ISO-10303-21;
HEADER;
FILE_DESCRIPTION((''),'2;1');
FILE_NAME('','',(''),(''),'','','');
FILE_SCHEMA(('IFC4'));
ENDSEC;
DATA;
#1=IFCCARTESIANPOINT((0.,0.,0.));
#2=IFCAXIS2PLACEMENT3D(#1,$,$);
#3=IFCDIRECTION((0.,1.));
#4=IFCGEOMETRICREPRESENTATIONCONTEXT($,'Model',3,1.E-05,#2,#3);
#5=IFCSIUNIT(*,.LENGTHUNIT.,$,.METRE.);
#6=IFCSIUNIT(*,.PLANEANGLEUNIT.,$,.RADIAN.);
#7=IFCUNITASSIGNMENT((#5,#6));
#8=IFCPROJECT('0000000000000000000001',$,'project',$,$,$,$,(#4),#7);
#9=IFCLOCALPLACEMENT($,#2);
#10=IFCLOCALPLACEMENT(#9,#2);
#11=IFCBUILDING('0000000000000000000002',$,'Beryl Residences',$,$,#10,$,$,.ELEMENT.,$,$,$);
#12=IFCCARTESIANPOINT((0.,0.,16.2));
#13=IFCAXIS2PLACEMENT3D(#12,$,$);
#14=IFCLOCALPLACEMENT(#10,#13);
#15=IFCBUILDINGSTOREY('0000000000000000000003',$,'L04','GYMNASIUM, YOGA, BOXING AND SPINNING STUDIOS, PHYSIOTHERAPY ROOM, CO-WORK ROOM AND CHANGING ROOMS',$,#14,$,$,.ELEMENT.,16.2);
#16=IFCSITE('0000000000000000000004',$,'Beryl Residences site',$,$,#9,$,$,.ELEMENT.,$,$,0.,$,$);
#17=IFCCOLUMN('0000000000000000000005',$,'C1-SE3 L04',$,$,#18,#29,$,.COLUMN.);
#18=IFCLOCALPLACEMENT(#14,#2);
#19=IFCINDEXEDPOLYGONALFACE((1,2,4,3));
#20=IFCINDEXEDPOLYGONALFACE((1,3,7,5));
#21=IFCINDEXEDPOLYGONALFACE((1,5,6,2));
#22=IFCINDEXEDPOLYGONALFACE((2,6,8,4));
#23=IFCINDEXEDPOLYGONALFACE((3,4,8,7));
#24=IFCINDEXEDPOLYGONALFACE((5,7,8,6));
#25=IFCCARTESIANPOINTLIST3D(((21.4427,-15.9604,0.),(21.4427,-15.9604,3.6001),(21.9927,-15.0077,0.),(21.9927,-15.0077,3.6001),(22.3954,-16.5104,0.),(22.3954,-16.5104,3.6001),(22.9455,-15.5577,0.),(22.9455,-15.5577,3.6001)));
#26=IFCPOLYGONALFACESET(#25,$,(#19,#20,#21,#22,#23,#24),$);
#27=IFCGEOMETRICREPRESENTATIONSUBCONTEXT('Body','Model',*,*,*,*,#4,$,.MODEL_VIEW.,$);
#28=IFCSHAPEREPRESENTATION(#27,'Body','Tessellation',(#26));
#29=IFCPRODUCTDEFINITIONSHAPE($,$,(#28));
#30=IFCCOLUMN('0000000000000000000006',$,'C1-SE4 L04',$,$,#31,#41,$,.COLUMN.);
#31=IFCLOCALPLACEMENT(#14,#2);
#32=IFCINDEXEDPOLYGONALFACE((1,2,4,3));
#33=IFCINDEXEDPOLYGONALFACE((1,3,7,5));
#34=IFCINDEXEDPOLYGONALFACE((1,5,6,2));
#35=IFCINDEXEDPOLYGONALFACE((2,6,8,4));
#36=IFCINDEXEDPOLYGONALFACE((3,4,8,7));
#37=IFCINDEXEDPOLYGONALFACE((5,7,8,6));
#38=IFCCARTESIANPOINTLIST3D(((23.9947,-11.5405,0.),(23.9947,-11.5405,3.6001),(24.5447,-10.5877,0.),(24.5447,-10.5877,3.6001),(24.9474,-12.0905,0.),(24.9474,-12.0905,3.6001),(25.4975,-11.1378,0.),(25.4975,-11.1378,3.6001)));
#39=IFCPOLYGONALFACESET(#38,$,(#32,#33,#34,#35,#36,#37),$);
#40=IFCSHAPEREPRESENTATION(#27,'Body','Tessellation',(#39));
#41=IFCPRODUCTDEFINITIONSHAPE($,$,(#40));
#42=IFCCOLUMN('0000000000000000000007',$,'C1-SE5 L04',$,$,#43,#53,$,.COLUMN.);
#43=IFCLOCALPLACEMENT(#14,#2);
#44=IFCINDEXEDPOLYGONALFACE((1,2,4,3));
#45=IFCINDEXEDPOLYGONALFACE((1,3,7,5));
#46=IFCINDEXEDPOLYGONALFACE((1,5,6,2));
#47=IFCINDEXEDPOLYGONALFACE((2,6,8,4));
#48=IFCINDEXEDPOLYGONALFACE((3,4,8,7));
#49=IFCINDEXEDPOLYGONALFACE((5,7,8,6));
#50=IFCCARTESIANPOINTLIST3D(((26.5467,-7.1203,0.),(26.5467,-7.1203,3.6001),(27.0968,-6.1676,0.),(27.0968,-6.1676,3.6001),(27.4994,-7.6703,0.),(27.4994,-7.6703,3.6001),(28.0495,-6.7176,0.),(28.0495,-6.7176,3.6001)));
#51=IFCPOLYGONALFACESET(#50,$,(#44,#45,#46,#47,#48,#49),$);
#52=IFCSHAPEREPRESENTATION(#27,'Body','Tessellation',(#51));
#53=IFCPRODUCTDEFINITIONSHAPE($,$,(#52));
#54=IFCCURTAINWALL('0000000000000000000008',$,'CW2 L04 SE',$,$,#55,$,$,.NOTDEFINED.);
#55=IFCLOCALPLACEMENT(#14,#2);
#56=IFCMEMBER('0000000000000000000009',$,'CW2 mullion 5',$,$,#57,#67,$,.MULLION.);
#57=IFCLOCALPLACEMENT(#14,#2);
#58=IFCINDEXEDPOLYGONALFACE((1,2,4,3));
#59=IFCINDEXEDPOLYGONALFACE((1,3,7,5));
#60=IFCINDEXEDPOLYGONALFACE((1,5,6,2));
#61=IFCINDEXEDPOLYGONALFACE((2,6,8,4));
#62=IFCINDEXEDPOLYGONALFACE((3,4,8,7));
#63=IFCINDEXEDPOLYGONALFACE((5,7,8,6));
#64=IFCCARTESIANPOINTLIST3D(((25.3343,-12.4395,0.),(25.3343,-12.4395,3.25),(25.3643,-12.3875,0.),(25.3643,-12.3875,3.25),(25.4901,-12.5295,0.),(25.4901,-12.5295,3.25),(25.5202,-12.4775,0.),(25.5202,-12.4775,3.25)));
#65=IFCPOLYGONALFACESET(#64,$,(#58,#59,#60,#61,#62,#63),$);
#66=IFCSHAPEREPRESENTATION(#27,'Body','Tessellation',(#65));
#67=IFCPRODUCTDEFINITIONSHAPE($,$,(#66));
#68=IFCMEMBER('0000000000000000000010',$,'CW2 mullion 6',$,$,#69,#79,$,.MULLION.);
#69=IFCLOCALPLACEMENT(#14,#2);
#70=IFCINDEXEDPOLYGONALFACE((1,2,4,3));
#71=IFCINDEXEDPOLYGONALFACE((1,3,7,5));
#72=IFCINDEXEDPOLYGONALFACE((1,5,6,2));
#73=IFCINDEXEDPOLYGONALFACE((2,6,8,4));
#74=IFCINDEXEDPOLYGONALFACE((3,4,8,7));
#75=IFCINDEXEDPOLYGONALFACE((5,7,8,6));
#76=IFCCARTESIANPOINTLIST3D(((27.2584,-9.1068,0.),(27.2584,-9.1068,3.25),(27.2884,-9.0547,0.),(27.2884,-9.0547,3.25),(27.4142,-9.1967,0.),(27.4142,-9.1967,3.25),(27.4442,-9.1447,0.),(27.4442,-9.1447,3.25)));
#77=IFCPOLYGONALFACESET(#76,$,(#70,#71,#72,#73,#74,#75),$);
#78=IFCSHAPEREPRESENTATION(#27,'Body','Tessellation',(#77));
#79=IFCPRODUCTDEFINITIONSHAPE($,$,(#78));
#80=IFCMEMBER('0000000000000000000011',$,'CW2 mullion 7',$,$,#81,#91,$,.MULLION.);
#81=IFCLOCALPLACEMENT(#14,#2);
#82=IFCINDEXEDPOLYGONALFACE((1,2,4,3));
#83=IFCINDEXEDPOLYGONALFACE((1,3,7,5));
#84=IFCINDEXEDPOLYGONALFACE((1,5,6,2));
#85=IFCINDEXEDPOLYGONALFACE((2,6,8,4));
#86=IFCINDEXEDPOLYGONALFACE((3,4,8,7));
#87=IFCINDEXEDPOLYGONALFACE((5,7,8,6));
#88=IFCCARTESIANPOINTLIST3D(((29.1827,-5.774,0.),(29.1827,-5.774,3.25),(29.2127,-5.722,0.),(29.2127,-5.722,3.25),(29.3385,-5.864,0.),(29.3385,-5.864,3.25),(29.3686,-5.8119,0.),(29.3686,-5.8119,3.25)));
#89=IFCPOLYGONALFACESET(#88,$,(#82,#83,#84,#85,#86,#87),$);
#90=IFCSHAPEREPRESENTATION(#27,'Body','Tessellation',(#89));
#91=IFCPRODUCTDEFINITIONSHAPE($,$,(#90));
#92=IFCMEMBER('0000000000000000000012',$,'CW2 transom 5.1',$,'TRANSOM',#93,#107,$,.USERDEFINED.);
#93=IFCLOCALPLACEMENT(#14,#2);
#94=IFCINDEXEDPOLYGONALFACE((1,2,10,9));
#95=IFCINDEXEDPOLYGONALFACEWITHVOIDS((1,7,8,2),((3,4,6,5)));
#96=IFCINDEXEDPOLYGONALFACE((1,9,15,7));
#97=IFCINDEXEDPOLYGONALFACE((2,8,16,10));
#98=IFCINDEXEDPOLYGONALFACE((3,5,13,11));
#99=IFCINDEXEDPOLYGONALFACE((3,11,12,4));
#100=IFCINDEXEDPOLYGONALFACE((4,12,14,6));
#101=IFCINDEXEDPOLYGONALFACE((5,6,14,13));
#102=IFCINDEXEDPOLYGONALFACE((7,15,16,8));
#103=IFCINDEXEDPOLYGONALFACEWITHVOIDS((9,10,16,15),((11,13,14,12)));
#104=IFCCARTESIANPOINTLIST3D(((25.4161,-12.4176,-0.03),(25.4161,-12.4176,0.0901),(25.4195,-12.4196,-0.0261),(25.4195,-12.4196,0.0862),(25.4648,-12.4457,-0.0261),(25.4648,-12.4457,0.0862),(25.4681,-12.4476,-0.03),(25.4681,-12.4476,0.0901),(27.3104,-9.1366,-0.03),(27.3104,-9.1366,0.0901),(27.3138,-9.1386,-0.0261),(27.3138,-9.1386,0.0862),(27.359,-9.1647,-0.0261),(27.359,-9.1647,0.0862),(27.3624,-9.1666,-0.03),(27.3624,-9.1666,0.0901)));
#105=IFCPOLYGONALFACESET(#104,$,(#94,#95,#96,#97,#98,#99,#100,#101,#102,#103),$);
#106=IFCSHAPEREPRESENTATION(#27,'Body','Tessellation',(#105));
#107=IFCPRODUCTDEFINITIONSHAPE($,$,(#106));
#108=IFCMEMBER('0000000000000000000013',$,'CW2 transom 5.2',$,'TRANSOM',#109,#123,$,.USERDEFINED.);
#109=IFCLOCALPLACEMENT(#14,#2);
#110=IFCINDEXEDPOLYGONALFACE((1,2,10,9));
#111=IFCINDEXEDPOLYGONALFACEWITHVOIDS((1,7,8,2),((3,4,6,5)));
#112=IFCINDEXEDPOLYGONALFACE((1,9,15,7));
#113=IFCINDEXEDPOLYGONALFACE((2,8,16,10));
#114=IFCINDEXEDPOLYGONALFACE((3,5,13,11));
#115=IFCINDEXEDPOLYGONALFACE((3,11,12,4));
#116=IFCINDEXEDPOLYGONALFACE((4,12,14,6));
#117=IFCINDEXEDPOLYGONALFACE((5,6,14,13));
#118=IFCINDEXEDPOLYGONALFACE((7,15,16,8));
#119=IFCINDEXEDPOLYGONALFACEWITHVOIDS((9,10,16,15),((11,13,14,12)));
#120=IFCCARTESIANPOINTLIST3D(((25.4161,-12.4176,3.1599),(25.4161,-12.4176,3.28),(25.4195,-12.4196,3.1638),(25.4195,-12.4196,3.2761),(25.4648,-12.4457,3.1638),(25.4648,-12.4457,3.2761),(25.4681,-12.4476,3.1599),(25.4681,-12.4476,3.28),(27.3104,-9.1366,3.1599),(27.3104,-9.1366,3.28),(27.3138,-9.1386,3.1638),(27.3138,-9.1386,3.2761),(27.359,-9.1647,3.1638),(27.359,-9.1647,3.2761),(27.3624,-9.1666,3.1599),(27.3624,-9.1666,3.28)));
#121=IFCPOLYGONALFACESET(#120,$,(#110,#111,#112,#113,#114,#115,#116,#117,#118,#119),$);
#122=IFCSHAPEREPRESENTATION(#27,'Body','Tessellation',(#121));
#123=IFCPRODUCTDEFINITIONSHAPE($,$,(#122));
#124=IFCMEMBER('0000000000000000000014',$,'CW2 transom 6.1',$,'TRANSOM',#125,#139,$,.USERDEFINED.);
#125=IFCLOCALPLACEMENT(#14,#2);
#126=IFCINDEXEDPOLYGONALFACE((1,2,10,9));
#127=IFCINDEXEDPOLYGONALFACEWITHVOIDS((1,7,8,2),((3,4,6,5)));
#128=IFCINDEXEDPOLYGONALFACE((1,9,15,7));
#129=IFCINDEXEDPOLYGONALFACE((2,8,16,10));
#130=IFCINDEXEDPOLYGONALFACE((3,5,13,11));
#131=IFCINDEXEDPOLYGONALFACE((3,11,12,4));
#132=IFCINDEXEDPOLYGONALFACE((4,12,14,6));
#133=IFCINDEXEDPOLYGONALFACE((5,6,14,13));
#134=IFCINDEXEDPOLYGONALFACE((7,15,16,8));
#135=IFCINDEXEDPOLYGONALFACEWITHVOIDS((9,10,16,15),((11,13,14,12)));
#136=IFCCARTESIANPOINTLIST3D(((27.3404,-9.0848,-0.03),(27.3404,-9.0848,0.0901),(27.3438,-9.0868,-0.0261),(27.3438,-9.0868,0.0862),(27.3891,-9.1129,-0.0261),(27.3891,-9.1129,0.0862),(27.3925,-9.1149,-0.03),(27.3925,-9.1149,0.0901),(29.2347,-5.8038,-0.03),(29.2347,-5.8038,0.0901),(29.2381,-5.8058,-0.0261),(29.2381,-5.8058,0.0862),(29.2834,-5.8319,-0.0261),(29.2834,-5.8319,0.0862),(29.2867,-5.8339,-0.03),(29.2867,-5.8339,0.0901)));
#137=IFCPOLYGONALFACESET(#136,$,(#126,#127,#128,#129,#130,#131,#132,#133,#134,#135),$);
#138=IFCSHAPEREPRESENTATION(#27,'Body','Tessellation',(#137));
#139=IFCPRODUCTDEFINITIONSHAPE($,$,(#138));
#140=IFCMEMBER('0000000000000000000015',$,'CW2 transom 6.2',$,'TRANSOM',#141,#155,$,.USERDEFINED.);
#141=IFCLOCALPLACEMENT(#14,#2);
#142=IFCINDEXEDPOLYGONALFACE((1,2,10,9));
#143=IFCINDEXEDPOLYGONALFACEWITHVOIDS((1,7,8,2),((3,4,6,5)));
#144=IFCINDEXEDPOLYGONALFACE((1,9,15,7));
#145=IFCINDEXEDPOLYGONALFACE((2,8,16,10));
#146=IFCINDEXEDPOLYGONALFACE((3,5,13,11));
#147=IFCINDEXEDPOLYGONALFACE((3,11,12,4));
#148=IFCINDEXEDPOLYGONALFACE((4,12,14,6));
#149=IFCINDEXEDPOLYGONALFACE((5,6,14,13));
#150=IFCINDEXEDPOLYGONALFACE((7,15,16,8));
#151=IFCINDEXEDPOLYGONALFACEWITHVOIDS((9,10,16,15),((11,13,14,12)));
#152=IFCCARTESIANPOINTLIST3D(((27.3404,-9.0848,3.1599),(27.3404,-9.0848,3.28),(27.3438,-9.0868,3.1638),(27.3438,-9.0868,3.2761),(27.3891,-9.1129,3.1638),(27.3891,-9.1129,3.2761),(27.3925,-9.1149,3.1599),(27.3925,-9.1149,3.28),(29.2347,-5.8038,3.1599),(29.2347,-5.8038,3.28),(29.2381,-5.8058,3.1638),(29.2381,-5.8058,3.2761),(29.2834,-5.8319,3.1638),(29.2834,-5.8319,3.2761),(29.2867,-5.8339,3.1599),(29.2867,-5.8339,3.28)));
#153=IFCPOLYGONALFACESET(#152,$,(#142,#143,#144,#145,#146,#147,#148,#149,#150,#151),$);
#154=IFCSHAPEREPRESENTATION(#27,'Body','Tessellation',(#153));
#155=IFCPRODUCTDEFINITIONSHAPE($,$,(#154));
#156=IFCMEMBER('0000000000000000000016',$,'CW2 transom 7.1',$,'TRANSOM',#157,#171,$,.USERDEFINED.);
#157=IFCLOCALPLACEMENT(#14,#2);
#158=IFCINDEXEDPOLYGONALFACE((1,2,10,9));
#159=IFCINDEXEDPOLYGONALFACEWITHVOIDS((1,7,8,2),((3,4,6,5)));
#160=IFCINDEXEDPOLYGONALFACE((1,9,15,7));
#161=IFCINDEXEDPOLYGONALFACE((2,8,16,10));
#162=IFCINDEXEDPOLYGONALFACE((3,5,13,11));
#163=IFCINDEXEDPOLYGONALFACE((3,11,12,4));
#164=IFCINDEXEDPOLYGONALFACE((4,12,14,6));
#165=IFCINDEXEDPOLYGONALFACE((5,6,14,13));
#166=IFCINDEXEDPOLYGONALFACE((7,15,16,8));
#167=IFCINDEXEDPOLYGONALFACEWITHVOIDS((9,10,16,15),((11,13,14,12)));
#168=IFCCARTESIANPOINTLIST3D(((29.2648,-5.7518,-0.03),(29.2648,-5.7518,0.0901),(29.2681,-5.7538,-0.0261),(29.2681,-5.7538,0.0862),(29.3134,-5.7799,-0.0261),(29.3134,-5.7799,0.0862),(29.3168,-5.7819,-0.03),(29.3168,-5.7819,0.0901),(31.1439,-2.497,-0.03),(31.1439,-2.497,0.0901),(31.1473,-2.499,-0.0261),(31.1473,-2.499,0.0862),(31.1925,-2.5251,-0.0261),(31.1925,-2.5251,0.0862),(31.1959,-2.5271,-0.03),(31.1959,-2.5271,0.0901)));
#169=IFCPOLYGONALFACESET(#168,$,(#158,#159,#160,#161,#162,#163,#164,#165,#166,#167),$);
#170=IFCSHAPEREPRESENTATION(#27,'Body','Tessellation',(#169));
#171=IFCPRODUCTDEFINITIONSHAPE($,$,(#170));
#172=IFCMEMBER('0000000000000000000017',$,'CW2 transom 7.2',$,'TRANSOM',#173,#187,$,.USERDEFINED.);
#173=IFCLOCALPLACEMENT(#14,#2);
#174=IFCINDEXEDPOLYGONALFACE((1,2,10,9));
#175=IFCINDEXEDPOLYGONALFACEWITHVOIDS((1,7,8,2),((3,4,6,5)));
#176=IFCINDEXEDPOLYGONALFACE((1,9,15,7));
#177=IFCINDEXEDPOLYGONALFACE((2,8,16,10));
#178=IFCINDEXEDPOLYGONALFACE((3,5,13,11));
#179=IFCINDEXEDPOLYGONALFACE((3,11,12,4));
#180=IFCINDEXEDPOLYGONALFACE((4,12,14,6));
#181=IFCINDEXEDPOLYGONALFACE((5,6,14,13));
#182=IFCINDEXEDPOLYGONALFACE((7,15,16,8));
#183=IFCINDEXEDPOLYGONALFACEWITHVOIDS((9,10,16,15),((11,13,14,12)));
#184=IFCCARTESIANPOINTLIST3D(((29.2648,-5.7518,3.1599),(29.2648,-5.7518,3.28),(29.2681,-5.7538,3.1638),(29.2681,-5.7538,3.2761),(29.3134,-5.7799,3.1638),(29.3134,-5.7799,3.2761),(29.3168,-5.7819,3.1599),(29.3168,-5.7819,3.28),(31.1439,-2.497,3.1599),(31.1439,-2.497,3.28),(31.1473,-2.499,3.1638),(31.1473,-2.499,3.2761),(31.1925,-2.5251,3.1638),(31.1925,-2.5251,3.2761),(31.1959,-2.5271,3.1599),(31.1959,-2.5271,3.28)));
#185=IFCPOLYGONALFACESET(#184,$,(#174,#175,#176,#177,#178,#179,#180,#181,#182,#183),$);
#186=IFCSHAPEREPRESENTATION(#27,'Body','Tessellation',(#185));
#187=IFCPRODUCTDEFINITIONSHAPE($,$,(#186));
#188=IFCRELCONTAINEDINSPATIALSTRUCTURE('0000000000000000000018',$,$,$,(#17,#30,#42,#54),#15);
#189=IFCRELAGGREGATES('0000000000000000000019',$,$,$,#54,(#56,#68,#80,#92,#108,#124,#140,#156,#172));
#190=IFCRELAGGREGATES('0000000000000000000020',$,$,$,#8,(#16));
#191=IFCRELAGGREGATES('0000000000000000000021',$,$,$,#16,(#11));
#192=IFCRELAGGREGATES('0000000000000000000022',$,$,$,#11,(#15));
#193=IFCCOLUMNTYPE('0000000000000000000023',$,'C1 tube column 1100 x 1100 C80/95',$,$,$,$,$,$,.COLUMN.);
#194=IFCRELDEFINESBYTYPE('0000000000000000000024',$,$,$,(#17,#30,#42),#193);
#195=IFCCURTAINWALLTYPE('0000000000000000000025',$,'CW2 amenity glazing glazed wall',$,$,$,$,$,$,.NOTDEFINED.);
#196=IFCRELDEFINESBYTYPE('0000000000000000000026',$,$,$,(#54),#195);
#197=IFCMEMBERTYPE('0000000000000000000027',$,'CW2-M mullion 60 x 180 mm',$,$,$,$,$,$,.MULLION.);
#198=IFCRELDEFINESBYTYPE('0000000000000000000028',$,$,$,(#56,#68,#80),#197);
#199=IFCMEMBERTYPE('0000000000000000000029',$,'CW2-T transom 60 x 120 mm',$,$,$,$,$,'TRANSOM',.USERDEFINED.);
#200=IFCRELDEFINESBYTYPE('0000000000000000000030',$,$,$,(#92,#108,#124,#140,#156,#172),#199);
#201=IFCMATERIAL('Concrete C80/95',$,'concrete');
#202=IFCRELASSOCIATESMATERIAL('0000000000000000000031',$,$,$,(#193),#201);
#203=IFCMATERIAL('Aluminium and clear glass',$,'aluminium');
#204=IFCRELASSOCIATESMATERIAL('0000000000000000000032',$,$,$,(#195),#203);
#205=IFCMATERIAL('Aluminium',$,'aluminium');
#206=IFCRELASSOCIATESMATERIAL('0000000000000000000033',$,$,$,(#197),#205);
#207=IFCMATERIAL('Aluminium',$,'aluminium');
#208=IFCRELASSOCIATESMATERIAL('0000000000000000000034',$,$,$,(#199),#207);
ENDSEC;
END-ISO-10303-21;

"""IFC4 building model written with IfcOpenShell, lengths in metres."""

from ifc_helpers import new_model, si_unit, direction, frame, origin, origin_2d, place, context, subcontext, project, spatial, rectangle, hollow_rectangle, extrude, material, material_profile, profile_set, type_object, element, aggregate, save


model = new_model("IFC4")

# Units and contexts
model_context = context("Model", 3, precision=1e-05, world=origin(), true_north=direction((0.0, 1.0)))
body_context = subcontext(model_context, "Body", "Model", "MODEL_VIEW")
ifc_project = project(units=[si_unit("LENGTHUNIT", "METRE"), si_unit("PLANEANGLEUNIT", "RADIAN")], contexts=[model_context])

# Site, building, storey
site_placement = place(None, origin())
site = spatial("IfcSite", under=ifc_project, at=site_placement, Name="Beryl Residences site", CompositionType="ELEMENT", RefElevation=0.0)
building_placement = place(site_placement, origin())
building = spatial("IfcBuilding", under=site, at=building_placement, Name="Beryl Residences", CompositionType="ELEMENT")
storey_placement = place(building_placement, frame((0.0, 0.0, 16.2)))
storey = spatial("IfcBuildingStorey", under=building, at=storey_placement, Name="L04", Description="GYMNASIUM, YOGA, BOXING AND SPINNING STUDIOS, PHYSIOTHERAPY ROOM, CO-WORK ROOM AND CHANGING ROOMS", CompositionType="ELEMENT", Elevation=16.2)

# Columns
ifc_material_1 = material(Name="Concrete C80/95", Category="concrete")
ifc_material_profile_1 = material_profile(ifc_material_1, rectangle(XDim=1.1001, YDim=1.1001, at=origin_2d()))
ifc_profile_set_1 = profile_set([ifc_material_profile_1], Name="Concrete C80/95")
column_type = type_object("IfcColumnType", Name="C1 tube column 1100 x 1100 C80/95", PredefinedType="COLUMN", material=ifc_profile_set_1)
for number, where, z_axis, x_axis, name in (
    (1, (22.1941, -15.759, 0.0), (0.0, 0.0, 1.0), (0.499985, 0.866034, 0.0), "C1-SE3 L04"),
    (2, (24.7461, -11.3391, 0.0), (0.0, 0.0, 1.0), (0.499985, 0.866034, 0.0), "C1-SE4 L04"),
    (3, (27.2981, -6.9189, 0.0), (0.0, 0.0, 1.0), (0.499985, 0.866034, 0.0), "C1-SE5 L04"),
):
    element("IfcColumn", number, at=place(storey_placement, frame(where, z_axis=z_axis, x_axis=x_axis)), inside=storey, type_object=column_type, Name=name, PredefinedType="COLUMN", context=body_context, shape_type="SweptSolid", body=[
        extrude(rectangle(XDim=1.1001, YDim=1.1001, at=origin_2d()), origin(), (0.0, 0.0, 1.0), 3.6001),
    ])

# Curtain wall, members
ifc_material_2 = material(Name="Aluminium and clear glass", Category="aluminium")
curtain_wall_type = type_object("IfcCurtainWallType", Name="CW2 amenity glazing glazed wall", PredefinedType="NOTDEFINED", material=ifc_material_2)
curtain_wall_placement = place(storey_placement, origin())
curtain_wall = element("IfcCurtainWall", 4, at=curtain_wall_placement, inside=storey, type_object=curtain_wall_type, Name="CW2 L04 SE", PredefinedType="NOTDEFINED")
ifc_material_3 = material(Name="Aluminium", Category="aluminium")
ifc_material_profile_2 = material_profile(ifc_material_3, rectangle(XDim=0.0601, YDim=0.1799, at=origin_2d()))
ifc_profile_set_2 = profile_set([ifc_material_profile_2], Name="Aluminium")
member_type_1 = type_object("IfcMemberType", Name="CW2-M mullion 60 x 180 mm", PredefinedType="MULLION", material=ifc_profile_set_2)
member_1_placement = place(storey_placement, frame((25.4272, -12.4585, 0.0), z_axis=(0.0, 0.0, 1.0), x_axis=(0.500012, 0.866019, 0.0)))
member_1 = element("IfcMember", 5, at=member_1_placement, type_object=member_type_1, Name="CW2 mullion 5", PredefinedType="MULLION", context=body_context, shape_type="SweptSolid", body=[
    extrude(rectangle(XDim=0.0601, YDim=0.1799, at=origin_2d()), origin(), (0.0, 0.0, 1.0), 3.25),
])
member_2_placement = place(storey_placement, frame((27.3513, -9.1257, 0.0), z_axis=(0.0, 0.0, 1.0), x_axis=(0.500012, 0.866019, 0.0)))
member_2 = element("IfcMember", 6, at=member_2_placement, type_object=member_type_1, Name="CW2 mullion 6", PredefinedType="MULLION", context=body_context, shape_type="SweptSolid", body=[
    extrude(rectangle(XDim=0.0601, YDim=0.1799, at=origin_2d()), origin(), (0.0, 0.0, 1.0), 3.25),
])
member_3_placement = place(storey_placement, frame((29.2756, -5.793, 0.0), z_axis=(0.0, 0.0, 1.0), x_axis=(0.500012, 0.866019, 0.0)))
member_3 = element("IfcMember", 7, at=member_3_placement, type_object=member_type_1, Name="CW2 mullion 7", PredefinedType="MULLION", context=body_context, shape_type="SweptSolid", body=[
    extrude(rectangle(XDim=0.0601, YDim=0.1799, at=origin_2d()), origin(), (0.0, 0.0, 1.0), 3.25),
])
ifc_material_4 = material(Name="Aluminium", Category="aluminium")
ifc_material_profile_3 = material_profile(ifc_material_4, hollow_rectangle(XDim=0.0601, YDim=0.1201, WallThickness=0.0039, at=origin_2d()))
ifc_profile_set_3 = profile_set([ifc_material_profile_3], Name="Aluminium")
member_type_2 = type_object("IfcMemberType", Name="CW2-T transom 60 x 120 mm", ElementType="TRANSOM", PredefinedType="USERDEFINED", material=ifc_profile_set_3)
member_4_placement = place(storey_placement, frame((25.4421, -12.4326, 0.03), z_axis=(0.5, 0.866026, 0.0), x_axis=(-0.866026, 0.5, 0.0)))
member_4 = element("IfcMember", 8, at=member_4_placement, type_object=member_type_2, Name="CW2 transom 5.1", ObjectType="TRANSOM", PredefinedType="USERDEFINED", context=body_context, shape_type="SweptSolid", body=[
    extrude(hollow_rectangle(XDim=0.0601, YDim=0.1201, WallThickness=0.0039, at=origin_2d()), origin(), (0.0, 0.0, 1.0), 3.7886),
])
member_5_placement = place(storey_placement, frame((25.4421, -12.4326, 3.22), z_axis=(0.5, 0.866026, 0.0), x_axis=(-0.866026, 0.5, 0.0)))
member_5 = element("IfcMember", 9, at=member_5_placement, type_object=member_type_2, Name="CW2 transom 5.2", ObjectType="TRANSOM", PredefinedType="USERDEFINED", context=body_context, shape_type="SweptSolid", body=[
    extrude(hollow_rectangle(XDim=0.0601, YDim=0.1201, WallThickness=0.0039, at=origin_2d()), origin(), (0.0, 0.0, 1.0), 3.7886),
])
member_6_placement = place(storey_placement, frame((27.3665, -9.0999, 0.03), z_axis=(0.5, 0.866026, 0.0), x_axis=(-0.866026, 0.5, 0.0)))
member_6 = element("IfcMember", 10, at=member_6_placement, type_object=member_type_2, Name="CW2 transom 6.1", ObjectType="TRANSOM", PredefinedType="USERDEFINED", context=body_context, shape_type="SweptSolid", body=[
    extrude(hollow_rectangle(XDim=0.0601, YDim=0.1201, WallThickness=0.0039, at=origin_2d()), origin(), (0.0, 0.0, 1.0), 3.7886),
])
member_7_placement = place(storey_placement, frame((27.3665, -9.0999, 3.22), z_axis=(0.5, 0.866026, 0.0), x_axis=(-0.866026, 0.5, 0.0)))
member_7 = element("IfcMember", 11, at=member_7_placement, type_object=member_type_2, Name="CW2 transom 6.2", ObjectType="TRANSOM", PredefinedType="USERDEFINED", context=body_context, shape_type="SweptSolid", body=[
    extrude(hollow_rectangle(XDim=0.0601, YDim=0.1201, WallThickness=0.0039, at=origin_2d()), origin(), (0.0, 0.0, 1.0), 3.7886),
])
member_8_placement = place(storey_placement, frame((29.2908, -5.7668, 0.03), z_axis=(0.499989, 0.866032, 0.0), x_axis=(-0.866032, 0.499989, 0.0)))
member_8 = element("IfcMember", 12, at=member_8_placement, type_object=member_type_2, Name="CW2 transom 7.1", ObjectType="TRANSOM", PredefinedType="USERDEFINED", context=body_context, shape_type="SweptSolid", body=[
    extrude(hollow_rectangle(XDim=0.0601, YDim=0.1201, WallThickness=0.0039, at=origin_2d()), origin(), (0.0, 0.0, 1.0), 3.7583),
])
member_9_placement = place(storey_placement, frame((29.2908, -5.7668, 3.22), z_axis=(0.499989, 0.866032, 0.0), x_axis=(-0.866032, 0.499989, 0.0)))
member_9 = element("IfcMember", 13, at=member_9_placement, type_object=member_type_2, Name="CW2 transom 7.2", ObjectType="TRANSOM", PredefinedType="USERDEFINED", context=body_context, shape_type="SweptSolid", body=[
    extrude(hollow_rectangle(XDim=0.0601, YDim=0.1201, WallThickness=0.0039, at=origin_2d()), origin(), (0.0, 0.0, 1.0), 3.7583),
])

aggregate(curtain_wall, [member_1, member_2, member_3, member_4, member_5, member_6, member_7, member_8, member_9])

save(model, "model.ifc")
